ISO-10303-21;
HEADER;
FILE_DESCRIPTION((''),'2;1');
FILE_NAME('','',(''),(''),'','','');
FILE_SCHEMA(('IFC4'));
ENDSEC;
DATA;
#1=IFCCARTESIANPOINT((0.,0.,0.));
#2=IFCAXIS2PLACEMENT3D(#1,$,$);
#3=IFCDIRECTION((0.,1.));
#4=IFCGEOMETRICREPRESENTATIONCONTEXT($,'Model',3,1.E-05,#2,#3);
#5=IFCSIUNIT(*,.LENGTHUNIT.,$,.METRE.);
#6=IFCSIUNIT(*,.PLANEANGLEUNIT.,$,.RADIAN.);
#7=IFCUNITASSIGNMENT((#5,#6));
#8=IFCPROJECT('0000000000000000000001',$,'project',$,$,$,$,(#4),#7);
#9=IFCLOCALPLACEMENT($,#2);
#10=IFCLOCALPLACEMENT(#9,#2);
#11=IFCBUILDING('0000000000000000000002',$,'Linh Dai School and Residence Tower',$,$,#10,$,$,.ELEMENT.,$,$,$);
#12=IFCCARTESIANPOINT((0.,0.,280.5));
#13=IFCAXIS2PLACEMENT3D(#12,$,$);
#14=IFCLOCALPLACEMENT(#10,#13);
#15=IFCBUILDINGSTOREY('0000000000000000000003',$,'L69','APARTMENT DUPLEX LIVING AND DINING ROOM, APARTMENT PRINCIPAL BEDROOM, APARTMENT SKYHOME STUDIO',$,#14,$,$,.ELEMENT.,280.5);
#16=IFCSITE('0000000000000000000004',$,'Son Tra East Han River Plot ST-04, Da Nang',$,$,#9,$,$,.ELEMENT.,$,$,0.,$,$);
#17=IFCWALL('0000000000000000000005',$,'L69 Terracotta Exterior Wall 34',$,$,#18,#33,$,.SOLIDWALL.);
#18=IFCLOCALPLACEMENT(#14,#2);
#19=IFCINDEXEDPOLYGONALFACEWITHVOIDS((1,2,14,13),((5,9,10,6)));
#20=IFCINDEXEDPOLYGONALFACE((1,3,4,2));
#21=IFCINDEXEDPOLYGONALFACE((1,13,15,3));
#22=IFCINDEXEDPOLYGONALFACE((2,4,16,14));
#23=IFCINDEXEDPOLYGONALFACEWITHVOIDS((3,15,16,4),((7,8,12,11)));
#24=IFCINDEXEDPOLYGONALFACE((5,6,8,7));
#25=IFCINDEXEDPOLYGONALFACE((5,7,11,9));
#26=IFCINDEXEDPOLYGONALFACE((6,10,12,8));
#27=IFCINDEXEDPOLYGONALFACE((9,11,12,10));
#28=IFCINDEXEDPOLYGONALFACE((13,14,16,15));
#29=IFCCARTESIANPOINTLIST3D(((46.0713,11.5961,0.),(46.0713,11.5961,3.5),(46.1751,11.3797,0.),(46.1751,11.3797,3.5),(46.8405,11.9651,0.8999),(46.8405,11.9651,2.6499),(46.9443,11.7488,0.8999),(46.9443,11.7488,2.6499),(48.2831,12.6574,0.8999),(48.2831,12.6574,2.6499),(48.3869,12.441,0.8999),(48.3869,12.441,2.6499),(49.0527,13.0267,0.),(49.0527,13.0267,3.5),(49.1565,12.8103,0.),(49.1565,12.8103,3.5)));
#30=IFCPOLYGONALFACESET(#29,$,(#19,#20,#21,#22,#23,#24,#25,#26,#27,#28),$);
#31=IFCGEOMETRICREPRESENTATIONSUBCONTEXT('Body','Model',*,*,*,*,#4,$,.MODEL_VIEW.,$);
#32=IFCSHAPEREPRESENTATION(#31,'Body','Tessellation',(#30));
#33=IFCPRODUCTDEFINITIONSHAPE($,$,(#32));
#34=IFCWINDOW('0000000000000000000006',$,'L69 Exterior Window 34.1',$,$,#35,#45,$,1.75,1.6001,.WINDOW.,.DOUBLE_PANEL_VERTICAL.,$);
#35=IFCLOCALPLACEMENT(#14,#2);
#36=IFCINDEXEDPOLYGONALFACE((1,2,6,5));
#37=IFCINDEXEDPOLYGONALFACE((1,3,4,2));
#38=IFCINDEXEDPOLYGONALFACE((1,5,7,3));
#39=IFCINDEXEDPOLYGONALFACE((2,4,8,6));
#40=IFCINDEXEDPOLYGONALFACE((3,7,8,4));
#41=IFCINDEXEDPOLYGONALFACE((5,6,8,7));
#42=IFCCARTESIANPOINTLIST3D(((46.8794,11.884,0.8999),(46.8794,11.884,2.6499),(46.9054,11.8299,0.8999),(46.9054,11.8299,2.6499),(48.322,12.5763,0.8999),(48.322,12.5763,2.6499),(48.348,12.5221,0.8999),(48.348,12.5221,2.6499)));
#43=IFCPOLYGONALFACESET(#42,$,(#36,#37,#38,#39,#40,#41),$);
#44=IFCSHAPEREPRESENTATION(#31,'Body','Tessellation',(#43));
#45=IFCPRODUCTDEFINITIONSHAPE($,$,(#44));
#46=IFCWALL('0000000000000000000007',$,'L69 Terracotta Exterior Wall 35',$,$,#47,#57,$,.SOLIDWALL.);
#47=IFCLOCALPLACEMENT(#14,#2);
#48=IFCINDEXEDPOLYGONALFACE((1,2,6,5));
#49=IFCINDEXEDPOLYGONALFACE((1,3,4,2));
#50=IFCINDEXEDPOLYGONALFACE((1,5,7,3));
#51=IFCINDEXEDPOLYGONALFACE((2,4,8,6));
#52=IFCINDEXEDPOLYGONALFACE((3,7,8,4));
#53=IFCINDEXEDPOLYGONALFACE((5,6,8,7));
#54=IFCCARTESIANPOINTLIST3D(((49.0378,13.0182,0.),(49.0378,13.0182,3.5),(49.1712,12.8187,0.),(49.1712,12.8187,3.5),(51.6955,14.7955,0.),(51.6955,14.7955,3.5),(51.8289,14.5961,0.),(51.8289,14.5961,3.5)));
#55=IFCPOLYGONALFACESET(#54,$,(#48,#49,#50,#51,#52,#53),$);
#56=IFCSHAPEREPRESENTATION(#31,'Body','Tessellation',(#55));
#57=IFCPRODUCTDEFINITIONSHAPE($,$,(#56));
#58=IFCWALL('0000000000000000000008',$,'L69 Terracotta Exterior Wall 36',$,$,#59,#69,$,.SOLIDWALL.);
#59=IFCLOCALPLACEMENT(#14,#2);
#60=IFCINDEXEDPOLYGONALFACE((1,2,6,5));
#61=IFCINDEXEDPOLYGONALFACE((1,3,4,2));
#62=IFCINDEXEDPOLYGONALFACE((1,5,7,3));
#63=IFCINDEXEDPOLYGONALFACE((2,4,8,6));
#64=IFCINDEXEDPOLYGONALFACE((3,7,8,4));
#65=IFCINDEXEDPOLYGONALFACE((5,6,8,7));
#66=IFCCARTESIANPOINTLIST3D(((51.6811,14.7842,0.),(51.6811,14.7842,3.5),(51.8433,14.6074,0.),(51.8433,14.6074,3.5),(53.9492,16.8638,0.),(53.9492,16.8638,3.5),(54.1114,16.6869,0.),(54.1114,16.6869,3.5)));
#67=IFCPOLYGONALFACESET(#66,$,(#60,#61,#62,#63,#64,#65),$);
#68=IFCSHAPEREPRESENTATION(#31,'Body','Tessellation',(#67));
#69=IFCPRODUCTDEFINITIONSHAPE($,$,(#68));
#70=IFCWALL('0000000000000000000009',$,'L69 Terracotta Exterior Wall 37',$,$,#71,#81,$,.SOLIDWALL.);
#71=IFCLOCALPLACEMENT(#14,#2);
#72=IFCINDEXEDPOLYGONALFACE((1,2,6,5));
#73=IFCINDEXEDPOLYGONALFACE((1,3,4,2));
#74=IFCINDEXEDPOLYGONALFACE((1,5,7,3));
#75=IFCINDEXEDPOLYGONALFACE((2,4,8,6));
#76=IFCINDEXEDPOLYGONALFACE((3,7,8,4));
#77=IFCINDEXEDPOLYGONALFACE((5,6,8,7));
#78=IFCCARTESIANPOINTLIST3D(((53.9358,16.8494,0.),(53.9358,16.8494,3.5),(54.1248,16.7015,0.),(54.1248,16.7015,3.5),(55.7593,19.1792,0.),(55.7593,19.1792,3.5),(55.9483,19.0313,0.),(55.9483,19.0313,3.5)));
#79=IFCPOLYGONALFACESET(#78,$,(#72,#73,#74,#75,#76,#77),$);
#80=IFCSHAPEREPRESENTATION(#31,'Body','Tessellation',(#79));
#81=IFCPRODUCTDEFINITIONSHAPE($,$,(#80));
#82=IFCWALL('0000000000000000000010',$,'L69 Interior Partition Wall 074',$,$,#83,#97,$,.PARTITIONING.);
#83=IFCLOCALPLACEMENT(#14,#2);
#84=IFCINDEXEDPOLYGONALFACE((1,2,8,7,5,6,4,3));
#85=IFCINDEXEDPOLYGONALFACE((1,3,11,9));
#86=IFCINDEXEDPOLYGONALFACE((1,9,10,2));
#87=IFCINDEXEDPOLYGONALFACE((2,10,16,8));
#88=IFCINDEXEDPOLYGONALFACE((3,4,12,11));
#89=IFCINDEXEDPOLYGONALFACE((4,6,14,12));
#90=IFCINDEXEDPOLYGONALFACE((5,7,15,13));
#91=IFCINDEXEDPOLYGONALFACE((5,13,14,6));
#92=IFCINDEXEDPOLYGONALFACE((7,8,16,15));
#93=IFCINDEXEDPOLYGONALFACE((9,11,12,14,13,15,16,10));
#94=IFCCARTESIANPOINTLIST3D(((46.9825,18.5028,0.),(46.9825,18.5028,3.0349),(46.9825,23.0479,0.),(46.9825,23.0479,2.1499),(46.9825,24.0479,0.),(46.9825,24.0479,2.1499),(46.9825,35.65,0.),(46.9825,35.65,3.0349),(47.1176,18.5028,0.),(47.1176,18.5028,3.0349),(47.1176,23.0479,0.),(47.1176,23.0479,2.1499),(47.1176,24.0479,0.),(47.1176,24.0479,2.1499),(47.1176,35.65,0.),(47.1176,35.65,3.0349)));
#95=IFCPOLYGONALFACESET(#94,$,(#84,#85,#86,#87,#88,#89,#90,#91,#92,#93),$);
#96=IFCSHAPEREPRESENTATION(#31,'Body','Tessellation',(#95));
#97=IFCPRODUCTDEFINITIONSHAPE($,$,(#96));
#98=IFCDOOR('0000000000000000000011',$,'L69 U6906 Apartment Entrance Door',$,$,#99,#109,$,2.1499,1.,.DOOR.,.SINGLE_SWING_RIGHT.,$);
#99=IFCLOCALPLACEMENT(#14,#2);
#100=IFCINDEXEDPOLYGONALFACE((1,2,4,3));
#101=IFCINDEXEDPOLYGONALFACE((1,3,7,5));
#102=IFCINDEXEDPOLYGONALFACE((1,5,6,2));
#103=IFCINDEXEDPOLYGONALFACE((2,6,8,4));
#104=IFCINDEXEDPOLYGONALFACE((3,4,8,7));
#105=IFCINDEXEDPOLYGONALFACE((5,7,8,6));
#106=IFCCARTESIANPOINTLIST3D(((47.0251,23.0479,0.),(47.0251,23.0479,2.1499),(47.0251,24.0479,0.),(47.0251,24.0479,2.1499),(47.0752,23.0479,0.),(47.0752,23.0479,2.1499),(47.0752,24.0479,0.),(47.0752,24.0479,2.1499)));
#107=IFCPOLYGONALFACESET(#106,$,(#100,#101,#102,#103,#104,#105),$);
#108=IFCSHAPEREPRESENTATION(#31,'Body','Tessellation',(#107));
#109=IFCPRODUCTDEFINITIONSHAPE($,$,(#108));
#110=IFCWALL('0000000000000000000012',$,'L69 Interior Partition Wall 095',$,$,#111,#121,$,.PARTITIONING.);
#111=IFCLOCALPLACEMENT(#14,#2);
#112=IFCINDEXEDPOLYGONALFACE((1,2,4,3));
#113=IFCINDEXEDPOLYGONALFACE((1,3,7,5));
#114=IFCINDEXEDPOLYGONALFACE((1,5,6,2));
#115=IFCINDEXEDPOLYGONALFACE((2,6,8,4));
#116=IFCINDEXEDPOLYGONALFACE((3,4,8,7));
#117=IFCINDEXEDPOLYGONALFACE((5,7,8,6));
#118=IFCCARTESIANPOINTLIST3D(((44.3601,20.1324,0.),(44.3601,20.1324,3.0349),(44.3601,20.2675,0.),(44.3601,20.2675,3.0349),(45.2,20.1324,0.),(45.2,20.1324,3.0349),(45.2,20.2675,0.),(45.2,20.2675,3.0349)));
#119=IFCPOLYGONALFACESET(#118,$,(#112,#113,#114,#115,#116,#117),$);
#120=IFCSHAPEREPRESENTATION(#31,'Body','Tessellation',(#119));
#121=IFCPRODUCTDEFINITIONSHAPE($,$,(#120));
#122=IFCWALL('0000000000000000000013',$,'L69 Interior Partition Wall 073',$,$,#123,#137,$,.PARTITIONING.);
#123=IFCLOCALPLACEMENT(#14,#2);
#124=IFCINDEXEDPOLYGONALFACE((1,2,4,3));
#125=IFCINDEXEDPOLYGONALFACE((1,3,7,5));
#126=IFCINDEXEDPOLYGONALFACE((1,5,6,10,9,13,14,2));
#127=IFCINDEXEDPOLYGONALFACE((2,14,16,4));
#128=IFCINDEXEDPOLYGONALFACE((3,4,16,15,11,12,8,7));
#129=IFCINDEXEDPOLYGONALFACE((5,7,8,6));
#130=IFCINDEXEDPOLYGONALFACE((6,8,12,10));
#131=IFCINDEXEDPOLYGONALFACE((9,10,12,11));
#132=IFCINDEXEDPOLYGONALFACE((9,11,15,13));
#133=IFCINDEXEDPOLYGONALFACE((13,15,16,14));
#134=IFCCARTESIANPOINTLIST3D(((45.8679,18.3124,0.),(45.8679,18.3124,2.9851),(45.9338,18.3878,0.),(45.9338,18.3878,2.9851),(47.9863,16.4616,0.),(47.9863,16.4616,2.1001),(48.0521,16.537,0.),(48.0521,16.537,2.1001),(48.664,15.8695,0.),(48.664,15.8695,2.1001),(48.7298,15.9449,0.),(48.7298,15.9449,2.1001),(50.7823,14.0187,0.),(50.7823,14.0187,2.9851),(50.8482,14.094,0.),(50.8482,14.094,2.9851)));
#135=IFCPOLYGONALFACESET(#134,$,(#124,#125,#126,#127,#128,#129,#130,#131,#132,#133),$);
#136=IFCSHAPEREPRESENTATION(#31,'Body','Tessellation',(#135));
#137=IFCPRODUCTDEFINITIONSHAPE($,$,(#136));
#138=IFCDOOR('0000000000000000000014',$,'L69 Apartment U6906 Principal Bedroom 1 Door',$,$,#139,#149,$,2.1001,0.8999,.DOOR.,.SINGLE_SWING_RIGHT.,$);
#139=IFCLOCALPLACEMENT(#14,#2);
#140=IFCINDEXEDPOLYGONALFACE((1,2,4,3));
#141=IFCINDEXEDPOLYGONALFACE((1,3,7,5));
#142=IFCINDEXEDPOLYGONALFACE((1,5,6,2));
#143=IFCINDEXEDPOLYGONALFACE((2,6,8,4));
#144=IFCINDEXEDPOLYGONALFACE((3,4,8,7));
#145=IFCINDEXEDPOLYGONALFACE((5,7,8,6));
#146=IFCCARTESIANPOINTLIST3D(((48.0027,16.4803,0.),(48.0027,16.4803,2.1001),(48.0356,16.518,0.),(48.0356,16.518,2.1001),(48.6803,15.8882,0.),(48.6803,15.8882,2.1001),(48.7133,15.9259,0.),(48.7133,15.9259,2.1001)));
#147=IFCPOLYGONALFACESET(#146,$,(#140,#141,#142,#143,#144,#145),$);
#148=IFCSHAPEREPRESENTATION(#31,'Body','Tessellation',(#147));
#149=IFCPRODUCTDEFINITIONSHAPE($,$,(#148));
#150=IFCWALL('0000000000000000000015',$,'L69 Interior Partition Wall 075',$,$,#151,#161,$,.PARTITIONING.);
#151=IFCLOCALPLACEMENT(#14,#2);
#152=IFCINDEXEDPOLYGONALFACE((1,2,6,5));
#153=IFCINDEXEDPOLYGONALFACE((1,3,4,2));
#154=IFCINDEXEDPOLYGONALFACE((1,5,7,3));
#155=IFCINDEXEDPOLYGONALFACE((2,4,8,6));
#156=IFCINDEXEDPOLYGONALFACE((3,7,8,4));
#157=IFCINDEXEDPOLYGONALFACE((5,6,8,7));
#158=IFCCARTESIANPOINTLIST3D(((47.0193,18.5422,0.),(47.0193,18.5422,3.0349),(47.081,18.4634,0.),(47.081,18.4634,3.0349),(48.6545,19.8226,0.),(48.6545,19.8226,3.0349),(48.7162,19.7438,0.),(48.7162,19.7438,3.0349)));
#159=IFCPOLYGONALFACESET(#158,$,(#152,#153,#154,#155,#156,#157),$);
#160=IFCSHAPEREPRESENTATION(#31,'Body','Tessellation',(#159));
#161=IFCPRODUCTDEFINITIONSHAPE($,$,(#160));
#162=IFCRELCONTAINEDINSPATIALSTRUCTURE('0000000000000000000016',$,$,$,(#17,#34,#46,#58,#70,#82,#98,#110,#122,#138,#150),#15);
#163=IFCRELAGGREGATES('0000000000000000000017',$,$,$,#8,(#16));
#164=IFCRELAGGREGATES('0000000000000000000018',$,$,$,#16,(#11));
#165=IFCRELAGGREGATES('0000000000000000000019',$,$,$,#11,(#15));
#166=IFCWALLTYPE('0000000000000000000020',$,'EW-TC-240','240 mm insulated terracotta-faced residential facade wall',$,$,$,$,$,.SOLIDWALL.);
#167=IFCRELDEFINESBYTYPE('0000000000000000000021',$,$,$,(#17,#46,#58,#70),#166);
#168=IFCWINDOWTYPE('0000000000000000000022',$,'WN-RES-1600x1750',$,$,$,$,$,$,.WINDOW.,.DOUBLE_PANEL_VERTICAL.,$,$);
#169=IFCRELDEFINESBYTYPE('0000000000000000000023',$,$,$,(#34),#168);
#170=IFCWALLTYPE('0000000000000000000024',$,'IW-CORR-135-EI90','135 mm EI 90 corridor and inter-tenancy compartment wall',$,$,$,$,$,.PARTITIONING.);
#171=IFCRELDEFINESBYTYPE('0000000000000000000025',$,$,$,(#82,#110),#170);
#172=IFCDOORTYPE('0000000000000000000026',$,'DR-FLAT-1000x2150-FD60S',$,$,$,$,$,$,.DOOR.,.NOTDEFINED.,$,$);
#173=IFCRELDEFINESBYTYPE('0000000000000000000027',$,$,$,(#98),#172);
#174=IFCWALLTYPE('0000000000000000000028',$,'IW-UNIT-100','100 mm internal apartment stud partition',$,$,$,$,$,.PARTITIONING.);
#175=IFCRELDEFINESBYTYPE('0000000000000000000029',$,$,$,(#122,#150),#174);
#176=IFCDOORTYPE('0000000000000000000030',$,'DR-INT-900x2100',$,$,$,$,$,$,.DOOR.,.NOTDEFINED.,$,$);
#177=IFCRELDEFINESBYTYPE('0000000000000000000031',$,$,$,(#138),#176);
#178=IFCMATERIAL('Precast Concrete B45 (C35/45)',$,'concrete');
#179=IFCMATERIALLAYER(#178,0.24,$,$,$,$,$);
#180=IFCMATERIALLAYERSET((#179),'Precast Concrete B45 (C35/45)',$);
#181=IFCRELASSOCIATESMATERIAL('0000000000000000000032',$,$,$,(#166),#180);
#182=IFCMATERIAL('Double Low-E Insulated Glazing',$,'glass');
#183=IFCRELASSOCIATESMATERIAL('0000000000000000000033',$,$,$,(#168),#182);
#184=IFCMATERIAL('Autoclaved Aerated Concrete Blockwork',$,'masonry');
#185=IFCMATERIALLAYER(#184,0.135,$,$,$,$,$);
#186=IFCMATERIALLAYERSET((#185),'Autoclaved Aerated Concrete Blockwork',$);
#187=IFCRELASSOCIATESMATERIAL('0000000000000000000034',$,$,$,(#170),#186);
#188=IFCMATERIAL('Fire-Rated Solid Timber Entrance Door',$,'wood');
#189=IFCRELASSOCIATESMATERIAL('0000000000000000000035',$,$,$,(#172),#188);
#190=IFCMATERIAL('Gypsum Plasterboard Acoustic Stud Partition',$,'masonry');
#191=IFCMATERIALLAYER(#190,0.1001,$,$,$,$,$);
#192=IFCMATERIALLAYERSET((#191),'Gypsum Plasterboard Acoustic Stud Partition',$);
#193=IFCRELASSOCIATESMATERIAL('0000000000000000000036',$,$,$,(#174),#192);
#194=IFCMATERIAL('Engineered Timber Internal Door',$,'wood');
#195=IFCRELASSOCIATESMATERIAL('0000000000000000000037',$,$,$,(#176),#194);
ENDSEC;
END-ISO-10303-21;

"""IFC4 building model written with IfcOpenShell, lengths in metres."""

from ifc_helpers import new_model, si_unit, direction, frame, frame_2d, origin, origin_2d, place, context, subcontext, project, spatial, rectangle, extrude, source, transform, mapped, material, layer, layer_set, type_object, element, fill, save


model = new_model("IFC4")

# Units and contexts
model_context = context("Model", 3, precision=1e-05, world=origin(), true_north=direction((0.0, 1.0)))
body_context = subcontext(model_context, "Body", "Model", "MODEL_VIEW")
ifc_project = project(units=[si_unit("LENGTHUNIT", "METRE"), si_unit("PLANEANGLEUNIT", "RADIAN")], contexts=[model_context])

# Site, building, storey
site_placement = place(None, origin())
site = spatial("IfcSite", under=ifc_project, at=site_placement, Name="Son Tra East Han River Plot ST-04, Da Nang", CompositionType="ELEMENT", RefElevation=0.0)
building_placement = place(site_placement, origin())
building = spatial("IfcBuilding", under=site, at=building_placement, Name="Linh Dai School and Residence Tower", CompositionType="ELEMENT")
storey_placement = place(building_placement, frame((0.0, 0.0, 280.5)))
storey = spatial("IfcBuildingStorey", under=building, at=storey_placement, Name="L69", Description="APARTMENT DUPLEX LIVING AND DINING ROOM, APARTMENT PRINCIPAL BEDROOM, APARTMENT SKYHOME STUDIO", CompositionType="ELEMENT", Elevation=280.5)

# Shared definitions
ifc_material_1 = material(Name="Precast Concrete B45 (C35/45)", Category="concrete")

# Shared definitions
ifc_layer_1 = layer(ifc_material_1, 0.24)
ifc_layer_set_1 = layer_set([ifc_layer_1], Name="Precast Concrete B45 (C35/45)")
wall_type_1 = type_object("IfcWallType", Name="EW-TC-240", Description="240 mm insulated terracotta-faced residential facade wall", PredefinedType="SOLIDWALL", material=ifc_layer_set_1)

# Wall, opening, window
wall_1_placement = place(storey_placement, frame((49.1045, 12.9185, 0.0), z_axis=(0.0, 0.0, 1.0), x_axis=(-0.901574, -0.432625, 0.0)))
wall_1 = element("IfcWall", 1, at=wall_1_placement, inside=storey, type_object=wall_type_1, Name="L69 Terracotta Exterior Wall 34", PredefinedType="SOLIDWALL", context=body_context, shape_type="SweptSolid", body=[
    extrude(rectangle(XDim=3.3069, YDim=0.24, at=frame_2d((1.6533, 0.0))), origin(), (0.0, 0.0, 1.0), 3.5),
])
opening_1_placement = place(wall_1_placement, frame((0.8535, 0.0, 0.8999)))
opening_1 = element("IfcOpeningElement", 2, at=opening_1_placement, cuts=wall_1, PredefinedType="OPENING", context=body_context, shape_type="SweptSolid", body=[
    extrude(rectangle(XDim=1.6001, YDim=1.75, at=origin_2d()), frame((0.8, 0.1299, 0.875), z_axis=(0.0, -1.0, 0.0), x_axis=(1.0, 0.0, 0.0)), (0.0, 0.0, 1.0), 0.26),
])
ifc_material_2 = material(Name="Double Low-E Insulated Glazing", Category="glass")
window_type = type_object("IfcWindowType", Name="WN-RES-1600x1750", PartitioningType="DOUBLE_PANEL_VERTICAL", PredefinedType="WINDOW", material=ifc_material_2)
shared_shape_1 = source(origin(), body_context, "Body", "SweptSolid", [
    extrude(rectangle(XDim=1.6001, YDim=1.75, at=origin_2d()), frame((0.8, 0.03, 0.875), z_axis=(0.0, -1.0, 0.0), x_axis=(1.0, 0.0, 0.0)), (0.0, 0.0, 1.0), 0.0601),
])
window_placement = place(opening_1_placement, origin())
window = element("IfcWindow", 3, at=window_placement, inside=storey, type_object=window_type, Name="L69 Exterior Window 34.1", OverallHeight=1.75, OverallWidth=1.6001, PartitioningType="DOUBLE_PANEL_VERTICAL", PredefinedType="WINDOW", context=body_context, shape_type="MappedRepresentation", body=[
    mapped(shared_shape_1, transform((0.0, 0.0, 0.0), x_axis=(1.0, 0.0, 0.0), y_axis=(0.0, 1.0, 0.0), z_axis=(0.0, 0.0, 1.0), scale=1.0)),
])
fill(opening_1, window)

# Walls
wall_2_placement = place(storey_placement, frame((51.7622, 14.6958, 0.0), z_axis=(0.0, 0.0, 1.0), x_axis=(-0.831251, -0.555898, 0.0)))
element("IfcWall", 4, at=wall_2_placement, inside=storey, type_object=wall_type_1, Name="L69 Terracotta Exterior Wall 35", PredefinedType="SOLIDWALL", context=body_context, shape_type="SweptSolid", body=[
    extrude(rectangle(XDim=3.1973, YDim=0.24, at=frame_2d((1.5986, 0.0))), origin(), (0.0, 0.0, 1.0), 3.5),
])
wall_3_placement = place(storey_placement, frame((54.0303, 16.7754, 0.0), z_axis=(0.0, 0.0, 1.0), x_axis=(-0.737069, -0.675818, 0.0)))
element("IfcWall", 5, at=wall_3_placement, inside=storey, type_object=wall_type_1, Name="L69 Terracotta Exterior Wall 36", PredefinedType="SOLIDWALL", context=body_context, shape_type="SweptSolid", body=[
    extrude(rectangle(XDim=3.0771, YDim=0.24, at=frame_2d((1.5386, 0.0))), origin(), (0.0, 0.0, 1.0), 3.5),
])
wall_4_placement = place(storey_placement, frame((55.8538, 19.1052, 0.0), z_axis=(0.0, 0.0, 1.0), x_axis=(-0.616337, -0.787482, 0.0)))
element("IfcWall", 6, at=wall_4_placement, inside=storey, type_object=wall_type_1, Name="L69 Terracotta Exterior Wall 37", PredefinedType="SOLIDWALL", context=body_context, shape_type="SweptSolid", body=[
    extrude(rectangle(XDim=2.9585, YDim=0.24, at=frame_2d((1.4792, 0.0))), origin(), (0.0, 0.0, 1.0), 3.5),
])

# Wall, opening, door
ifc_material_3 = material(Name="Autoclaved Aerated Concrete Blockwork", Category="masonry")
ifc_layer_2 = layer(ifc_material_3, 0.135)
ifc_layer_set_2 = layer_set([ifc_layer_2], Name="Autoclaved Aerated Concrete Blockwork")
wall_type_2 = type_object("IfcWallType", Name="IW-CORR-135-EI90", Description="135 mm EI 90 corridor and inter-tenancy compartment wall", PredefinedType="PARTITIONING", material=ifc_layer_set_2)
wall_5_placement = place(storey_placement, frame((47.05, 18.5027, 0.0), z_axis=(0.0, 0.0, 1.0), x_axis=(0.0, 1.0, 0.0)))
wall_5 = element("IfcWall", 7, at=wall_5_placement, inside=storey, type_object=wall_type_2, Name="L69 Interior Partition Wall 074", PredefinedType="PARTITIONING", context=body_context, shape_type="SweptSolid", body=[
    extrude(rectangle(XDim=17.1472, YDim=0.135, at=frame_2d((8.5737, 0.0))), origin(), (0.0, 0.0, 1.0), 3.0349),
])
opening_2_placement = place(wall_5_placement, frame((4.5452, 0.0, 0.0)))
opening_2 = element("IfcOpeningElement", 8, at=opening_2_placement, cuts=wall_5, PredefinedType="OPENING", context=body_context, shape_type="SweptSolid", body=[
    extrude(rectangle(XDim=1.0, YDim=2.1499, at=origin_2d()), frame((0.5, 0.0776, 1.075), z_axis=(0.0, -1.0, 0.0), x_axis=(1.0, 0.0, 0.0)), (0.0, 0.0, 1.0), 0.155),
])
ifc_material_4 = material(Name="Fire-Rated Solid Timber Entrance Door", Category="wood")
door_type_1 = type_object("IfcDoorType", Name="DR-FLAT-1000x2150-FD60S", OperationType="NOTDEFINED", PredefinedType="DOOR", material=ifc_material_4)
shared_shape_2 = source(origin(), body_context, "Body", "SweptSolid", [
    extrude(rectangle(XDim=1.0, YDim=2.1499, at=origin_2d()), frame((0.5, 0.0249, 1.075), z_axis=(0.0, -1.0, 0.0), x_axis=(1.0, 0.0, 0.0)), (0.0, 0.0, 1.0), 0.05),
])
door_1_placement = place(opening_2_placement, origin())
door_1 = element("IfcDoor", 9, at=door_1_placement, inside=storey, type_object=door_type_1, Name="L69 U6906 Apartment Entrance Door", OperationType="SINGLE_SWING_RIGHT", OverallHeight=2.1499, OverallWidth=1.0, PredefinedType="DOOR", context=body_context, shape_type="MappedRepresentation", body=[
    mapped(shared_shape_2, transform((0.0, 0.0, 0.0), x_axis=(1.0, 0.0, 0.0), y_axis=(0.0, 1.0, 0.0), z_axis=(0.0, 0.0, 1.0), scale=1.0)),
])
fill(opening_2, door_1)

# Wall
wall_6_placement = place(storey_placement, frame((44.3601, 20.2, 0.0), z_axis=(0.0, 0.0, 1.0), x_axis=(1.0, 0.0, 0.0)))
element("IfcWall", 10, at=wall_6_placement, inside=storey, type_object=wall_type_2, Name="L69 Interior Partition Wall 095", PredefinedType="PARTITIONING", context=body_context, shape_type="SweptSolid", body=[
    extrude(rectangle(XDim=0.8398, YDim=0.135, at=frame_2d((0.4199, 0.0))), origin(), (0.0, 0.0, 1.0), 3.0349),
])

# Wall, opening, door
ifc_material_5 = material(Name="Gypsum Plasterboard Acoustic Stud Partition", Category="masonry")
ifc_layer_3 = layer(ifc_material_5, 0.1001)
ifc_layer_set_3 = layer_set([ifc_layer_3], Name="Gypsum Plasterboard Acoustic Stud Partition")
wall_type_3 = type_object("IfcWallType", Name="IW-UNIT-100", Description="100 mm internal apartment stud partition", PredefinedType="PARTITIONING", material=ifc_layer_set_3)
wall_7_placement = place(storey_placement, frame((45.9009, 18.3501, 0.0), z_axis=(0.0, 0.0, 1.0), x_axis=(0.753056, -0.657956, 0.0)))
wall_7 = element("IfcWall", 11, at=wall_7_placement, inside=storey, type_object=wall_type_3, Name="L69 Interior Partition Wall 073", PredefinedType="PARTITIONING", context=body_context, shape_type="SweptSolid", body=[
    extrude(rectangle(XDim=6.5259, YDim=0.1001, at=frame_2d((3.2629, 0.0))), origin(), (0.0, 0.0, 1.0), 2.9851),
])
opening_3_placement = place(wall_7_placement, frame((2.813, 0.0, 0.0)))
opening_3 = element("IfcOpeningElement", 12, at=opening_3_placement, cuts=wall_7, PredefinedType="OPENING", context=body_context, shape_type="SweptSolid", body=[
    extrude(rectangle(XDim=0.8999, YDim=2.1001, at=origin_2d()), frame((0.45, 0.0601, 1.05), z_axis=(0.0, -1.0, 0.0), x_axis=(1.0, 0.0, 0.0)), (0.0, 0.0, 1.0), 0.1201),
])
ifc_material_6 = material(Name="Engineered Timber Internal Door", Category="wood")
door_type_2 = type_object("IfcDoorType", Name="DR-INT-900x2100", OperationType="NOTDEFINED", PredefinedType="DOOR", material=ifc_material_6)
shared_shape_3 = source(origin(), body_context, "Body", "SweptSolid", [
    extrude(rectangle(XDim=0.8999, YDim=2.1001, at=origin_2d()), frame((0.45, 0.0249, 1.05), z_axis=(0.0, -1.0, 0.0), x_axis=(1.0, 0.0, 0.0)), (0.0, 0.0, 1.0), 0.05),
])
door_2_placement = place(opening_3_placement, origin())
door_2 = element("IfcDoor", 13, at=door_2_placement, inside=storey, type_object=door_type_2, Name="L69 Apartment U6906 Principal Bedroom 1 Door", OperationType="SINGLE_SWING_RIGHT", OverallHeight=2.1001, OverallWidth=0.8999, PredefinedType="DOOR", context=body_context, shape_type="MappedRepresentation", body=[
    mapped(shared_shape_3, transform((0.0, 0.0, 0.0), x_axis=(1.0, 0.0, 0.0), y_axis=(0.0, 1.0, 0.0), z_axis=(0.0, 0.0, 1.0), scale=1.0)),
])
fill(opening_3, door_2)

# Wall
wall_8_placement = place(storey_placement, frame((47.05, 18.5027, 0.0), z_axis=(0.0, 0.0, 1.0), x_axis=(0.787329, 0.616533, 0.0)))
element("IfcWall", 14, at=wall_8_placement, inside=storey, type_object=wall_type_3, Name="L69 Interior Partition Wall 075", PredefinedType="PARTITIONING", context=body_context, shape_type="SweptSolid", body=[
    extrude(rectangle(XDim=2.0769, YDim=0.1001, at=frame_2d((1.0386, 0.0))), origin(), (0.0, 0.0, 1.0), 3.0349),
])

save(model, "model.ifc")
